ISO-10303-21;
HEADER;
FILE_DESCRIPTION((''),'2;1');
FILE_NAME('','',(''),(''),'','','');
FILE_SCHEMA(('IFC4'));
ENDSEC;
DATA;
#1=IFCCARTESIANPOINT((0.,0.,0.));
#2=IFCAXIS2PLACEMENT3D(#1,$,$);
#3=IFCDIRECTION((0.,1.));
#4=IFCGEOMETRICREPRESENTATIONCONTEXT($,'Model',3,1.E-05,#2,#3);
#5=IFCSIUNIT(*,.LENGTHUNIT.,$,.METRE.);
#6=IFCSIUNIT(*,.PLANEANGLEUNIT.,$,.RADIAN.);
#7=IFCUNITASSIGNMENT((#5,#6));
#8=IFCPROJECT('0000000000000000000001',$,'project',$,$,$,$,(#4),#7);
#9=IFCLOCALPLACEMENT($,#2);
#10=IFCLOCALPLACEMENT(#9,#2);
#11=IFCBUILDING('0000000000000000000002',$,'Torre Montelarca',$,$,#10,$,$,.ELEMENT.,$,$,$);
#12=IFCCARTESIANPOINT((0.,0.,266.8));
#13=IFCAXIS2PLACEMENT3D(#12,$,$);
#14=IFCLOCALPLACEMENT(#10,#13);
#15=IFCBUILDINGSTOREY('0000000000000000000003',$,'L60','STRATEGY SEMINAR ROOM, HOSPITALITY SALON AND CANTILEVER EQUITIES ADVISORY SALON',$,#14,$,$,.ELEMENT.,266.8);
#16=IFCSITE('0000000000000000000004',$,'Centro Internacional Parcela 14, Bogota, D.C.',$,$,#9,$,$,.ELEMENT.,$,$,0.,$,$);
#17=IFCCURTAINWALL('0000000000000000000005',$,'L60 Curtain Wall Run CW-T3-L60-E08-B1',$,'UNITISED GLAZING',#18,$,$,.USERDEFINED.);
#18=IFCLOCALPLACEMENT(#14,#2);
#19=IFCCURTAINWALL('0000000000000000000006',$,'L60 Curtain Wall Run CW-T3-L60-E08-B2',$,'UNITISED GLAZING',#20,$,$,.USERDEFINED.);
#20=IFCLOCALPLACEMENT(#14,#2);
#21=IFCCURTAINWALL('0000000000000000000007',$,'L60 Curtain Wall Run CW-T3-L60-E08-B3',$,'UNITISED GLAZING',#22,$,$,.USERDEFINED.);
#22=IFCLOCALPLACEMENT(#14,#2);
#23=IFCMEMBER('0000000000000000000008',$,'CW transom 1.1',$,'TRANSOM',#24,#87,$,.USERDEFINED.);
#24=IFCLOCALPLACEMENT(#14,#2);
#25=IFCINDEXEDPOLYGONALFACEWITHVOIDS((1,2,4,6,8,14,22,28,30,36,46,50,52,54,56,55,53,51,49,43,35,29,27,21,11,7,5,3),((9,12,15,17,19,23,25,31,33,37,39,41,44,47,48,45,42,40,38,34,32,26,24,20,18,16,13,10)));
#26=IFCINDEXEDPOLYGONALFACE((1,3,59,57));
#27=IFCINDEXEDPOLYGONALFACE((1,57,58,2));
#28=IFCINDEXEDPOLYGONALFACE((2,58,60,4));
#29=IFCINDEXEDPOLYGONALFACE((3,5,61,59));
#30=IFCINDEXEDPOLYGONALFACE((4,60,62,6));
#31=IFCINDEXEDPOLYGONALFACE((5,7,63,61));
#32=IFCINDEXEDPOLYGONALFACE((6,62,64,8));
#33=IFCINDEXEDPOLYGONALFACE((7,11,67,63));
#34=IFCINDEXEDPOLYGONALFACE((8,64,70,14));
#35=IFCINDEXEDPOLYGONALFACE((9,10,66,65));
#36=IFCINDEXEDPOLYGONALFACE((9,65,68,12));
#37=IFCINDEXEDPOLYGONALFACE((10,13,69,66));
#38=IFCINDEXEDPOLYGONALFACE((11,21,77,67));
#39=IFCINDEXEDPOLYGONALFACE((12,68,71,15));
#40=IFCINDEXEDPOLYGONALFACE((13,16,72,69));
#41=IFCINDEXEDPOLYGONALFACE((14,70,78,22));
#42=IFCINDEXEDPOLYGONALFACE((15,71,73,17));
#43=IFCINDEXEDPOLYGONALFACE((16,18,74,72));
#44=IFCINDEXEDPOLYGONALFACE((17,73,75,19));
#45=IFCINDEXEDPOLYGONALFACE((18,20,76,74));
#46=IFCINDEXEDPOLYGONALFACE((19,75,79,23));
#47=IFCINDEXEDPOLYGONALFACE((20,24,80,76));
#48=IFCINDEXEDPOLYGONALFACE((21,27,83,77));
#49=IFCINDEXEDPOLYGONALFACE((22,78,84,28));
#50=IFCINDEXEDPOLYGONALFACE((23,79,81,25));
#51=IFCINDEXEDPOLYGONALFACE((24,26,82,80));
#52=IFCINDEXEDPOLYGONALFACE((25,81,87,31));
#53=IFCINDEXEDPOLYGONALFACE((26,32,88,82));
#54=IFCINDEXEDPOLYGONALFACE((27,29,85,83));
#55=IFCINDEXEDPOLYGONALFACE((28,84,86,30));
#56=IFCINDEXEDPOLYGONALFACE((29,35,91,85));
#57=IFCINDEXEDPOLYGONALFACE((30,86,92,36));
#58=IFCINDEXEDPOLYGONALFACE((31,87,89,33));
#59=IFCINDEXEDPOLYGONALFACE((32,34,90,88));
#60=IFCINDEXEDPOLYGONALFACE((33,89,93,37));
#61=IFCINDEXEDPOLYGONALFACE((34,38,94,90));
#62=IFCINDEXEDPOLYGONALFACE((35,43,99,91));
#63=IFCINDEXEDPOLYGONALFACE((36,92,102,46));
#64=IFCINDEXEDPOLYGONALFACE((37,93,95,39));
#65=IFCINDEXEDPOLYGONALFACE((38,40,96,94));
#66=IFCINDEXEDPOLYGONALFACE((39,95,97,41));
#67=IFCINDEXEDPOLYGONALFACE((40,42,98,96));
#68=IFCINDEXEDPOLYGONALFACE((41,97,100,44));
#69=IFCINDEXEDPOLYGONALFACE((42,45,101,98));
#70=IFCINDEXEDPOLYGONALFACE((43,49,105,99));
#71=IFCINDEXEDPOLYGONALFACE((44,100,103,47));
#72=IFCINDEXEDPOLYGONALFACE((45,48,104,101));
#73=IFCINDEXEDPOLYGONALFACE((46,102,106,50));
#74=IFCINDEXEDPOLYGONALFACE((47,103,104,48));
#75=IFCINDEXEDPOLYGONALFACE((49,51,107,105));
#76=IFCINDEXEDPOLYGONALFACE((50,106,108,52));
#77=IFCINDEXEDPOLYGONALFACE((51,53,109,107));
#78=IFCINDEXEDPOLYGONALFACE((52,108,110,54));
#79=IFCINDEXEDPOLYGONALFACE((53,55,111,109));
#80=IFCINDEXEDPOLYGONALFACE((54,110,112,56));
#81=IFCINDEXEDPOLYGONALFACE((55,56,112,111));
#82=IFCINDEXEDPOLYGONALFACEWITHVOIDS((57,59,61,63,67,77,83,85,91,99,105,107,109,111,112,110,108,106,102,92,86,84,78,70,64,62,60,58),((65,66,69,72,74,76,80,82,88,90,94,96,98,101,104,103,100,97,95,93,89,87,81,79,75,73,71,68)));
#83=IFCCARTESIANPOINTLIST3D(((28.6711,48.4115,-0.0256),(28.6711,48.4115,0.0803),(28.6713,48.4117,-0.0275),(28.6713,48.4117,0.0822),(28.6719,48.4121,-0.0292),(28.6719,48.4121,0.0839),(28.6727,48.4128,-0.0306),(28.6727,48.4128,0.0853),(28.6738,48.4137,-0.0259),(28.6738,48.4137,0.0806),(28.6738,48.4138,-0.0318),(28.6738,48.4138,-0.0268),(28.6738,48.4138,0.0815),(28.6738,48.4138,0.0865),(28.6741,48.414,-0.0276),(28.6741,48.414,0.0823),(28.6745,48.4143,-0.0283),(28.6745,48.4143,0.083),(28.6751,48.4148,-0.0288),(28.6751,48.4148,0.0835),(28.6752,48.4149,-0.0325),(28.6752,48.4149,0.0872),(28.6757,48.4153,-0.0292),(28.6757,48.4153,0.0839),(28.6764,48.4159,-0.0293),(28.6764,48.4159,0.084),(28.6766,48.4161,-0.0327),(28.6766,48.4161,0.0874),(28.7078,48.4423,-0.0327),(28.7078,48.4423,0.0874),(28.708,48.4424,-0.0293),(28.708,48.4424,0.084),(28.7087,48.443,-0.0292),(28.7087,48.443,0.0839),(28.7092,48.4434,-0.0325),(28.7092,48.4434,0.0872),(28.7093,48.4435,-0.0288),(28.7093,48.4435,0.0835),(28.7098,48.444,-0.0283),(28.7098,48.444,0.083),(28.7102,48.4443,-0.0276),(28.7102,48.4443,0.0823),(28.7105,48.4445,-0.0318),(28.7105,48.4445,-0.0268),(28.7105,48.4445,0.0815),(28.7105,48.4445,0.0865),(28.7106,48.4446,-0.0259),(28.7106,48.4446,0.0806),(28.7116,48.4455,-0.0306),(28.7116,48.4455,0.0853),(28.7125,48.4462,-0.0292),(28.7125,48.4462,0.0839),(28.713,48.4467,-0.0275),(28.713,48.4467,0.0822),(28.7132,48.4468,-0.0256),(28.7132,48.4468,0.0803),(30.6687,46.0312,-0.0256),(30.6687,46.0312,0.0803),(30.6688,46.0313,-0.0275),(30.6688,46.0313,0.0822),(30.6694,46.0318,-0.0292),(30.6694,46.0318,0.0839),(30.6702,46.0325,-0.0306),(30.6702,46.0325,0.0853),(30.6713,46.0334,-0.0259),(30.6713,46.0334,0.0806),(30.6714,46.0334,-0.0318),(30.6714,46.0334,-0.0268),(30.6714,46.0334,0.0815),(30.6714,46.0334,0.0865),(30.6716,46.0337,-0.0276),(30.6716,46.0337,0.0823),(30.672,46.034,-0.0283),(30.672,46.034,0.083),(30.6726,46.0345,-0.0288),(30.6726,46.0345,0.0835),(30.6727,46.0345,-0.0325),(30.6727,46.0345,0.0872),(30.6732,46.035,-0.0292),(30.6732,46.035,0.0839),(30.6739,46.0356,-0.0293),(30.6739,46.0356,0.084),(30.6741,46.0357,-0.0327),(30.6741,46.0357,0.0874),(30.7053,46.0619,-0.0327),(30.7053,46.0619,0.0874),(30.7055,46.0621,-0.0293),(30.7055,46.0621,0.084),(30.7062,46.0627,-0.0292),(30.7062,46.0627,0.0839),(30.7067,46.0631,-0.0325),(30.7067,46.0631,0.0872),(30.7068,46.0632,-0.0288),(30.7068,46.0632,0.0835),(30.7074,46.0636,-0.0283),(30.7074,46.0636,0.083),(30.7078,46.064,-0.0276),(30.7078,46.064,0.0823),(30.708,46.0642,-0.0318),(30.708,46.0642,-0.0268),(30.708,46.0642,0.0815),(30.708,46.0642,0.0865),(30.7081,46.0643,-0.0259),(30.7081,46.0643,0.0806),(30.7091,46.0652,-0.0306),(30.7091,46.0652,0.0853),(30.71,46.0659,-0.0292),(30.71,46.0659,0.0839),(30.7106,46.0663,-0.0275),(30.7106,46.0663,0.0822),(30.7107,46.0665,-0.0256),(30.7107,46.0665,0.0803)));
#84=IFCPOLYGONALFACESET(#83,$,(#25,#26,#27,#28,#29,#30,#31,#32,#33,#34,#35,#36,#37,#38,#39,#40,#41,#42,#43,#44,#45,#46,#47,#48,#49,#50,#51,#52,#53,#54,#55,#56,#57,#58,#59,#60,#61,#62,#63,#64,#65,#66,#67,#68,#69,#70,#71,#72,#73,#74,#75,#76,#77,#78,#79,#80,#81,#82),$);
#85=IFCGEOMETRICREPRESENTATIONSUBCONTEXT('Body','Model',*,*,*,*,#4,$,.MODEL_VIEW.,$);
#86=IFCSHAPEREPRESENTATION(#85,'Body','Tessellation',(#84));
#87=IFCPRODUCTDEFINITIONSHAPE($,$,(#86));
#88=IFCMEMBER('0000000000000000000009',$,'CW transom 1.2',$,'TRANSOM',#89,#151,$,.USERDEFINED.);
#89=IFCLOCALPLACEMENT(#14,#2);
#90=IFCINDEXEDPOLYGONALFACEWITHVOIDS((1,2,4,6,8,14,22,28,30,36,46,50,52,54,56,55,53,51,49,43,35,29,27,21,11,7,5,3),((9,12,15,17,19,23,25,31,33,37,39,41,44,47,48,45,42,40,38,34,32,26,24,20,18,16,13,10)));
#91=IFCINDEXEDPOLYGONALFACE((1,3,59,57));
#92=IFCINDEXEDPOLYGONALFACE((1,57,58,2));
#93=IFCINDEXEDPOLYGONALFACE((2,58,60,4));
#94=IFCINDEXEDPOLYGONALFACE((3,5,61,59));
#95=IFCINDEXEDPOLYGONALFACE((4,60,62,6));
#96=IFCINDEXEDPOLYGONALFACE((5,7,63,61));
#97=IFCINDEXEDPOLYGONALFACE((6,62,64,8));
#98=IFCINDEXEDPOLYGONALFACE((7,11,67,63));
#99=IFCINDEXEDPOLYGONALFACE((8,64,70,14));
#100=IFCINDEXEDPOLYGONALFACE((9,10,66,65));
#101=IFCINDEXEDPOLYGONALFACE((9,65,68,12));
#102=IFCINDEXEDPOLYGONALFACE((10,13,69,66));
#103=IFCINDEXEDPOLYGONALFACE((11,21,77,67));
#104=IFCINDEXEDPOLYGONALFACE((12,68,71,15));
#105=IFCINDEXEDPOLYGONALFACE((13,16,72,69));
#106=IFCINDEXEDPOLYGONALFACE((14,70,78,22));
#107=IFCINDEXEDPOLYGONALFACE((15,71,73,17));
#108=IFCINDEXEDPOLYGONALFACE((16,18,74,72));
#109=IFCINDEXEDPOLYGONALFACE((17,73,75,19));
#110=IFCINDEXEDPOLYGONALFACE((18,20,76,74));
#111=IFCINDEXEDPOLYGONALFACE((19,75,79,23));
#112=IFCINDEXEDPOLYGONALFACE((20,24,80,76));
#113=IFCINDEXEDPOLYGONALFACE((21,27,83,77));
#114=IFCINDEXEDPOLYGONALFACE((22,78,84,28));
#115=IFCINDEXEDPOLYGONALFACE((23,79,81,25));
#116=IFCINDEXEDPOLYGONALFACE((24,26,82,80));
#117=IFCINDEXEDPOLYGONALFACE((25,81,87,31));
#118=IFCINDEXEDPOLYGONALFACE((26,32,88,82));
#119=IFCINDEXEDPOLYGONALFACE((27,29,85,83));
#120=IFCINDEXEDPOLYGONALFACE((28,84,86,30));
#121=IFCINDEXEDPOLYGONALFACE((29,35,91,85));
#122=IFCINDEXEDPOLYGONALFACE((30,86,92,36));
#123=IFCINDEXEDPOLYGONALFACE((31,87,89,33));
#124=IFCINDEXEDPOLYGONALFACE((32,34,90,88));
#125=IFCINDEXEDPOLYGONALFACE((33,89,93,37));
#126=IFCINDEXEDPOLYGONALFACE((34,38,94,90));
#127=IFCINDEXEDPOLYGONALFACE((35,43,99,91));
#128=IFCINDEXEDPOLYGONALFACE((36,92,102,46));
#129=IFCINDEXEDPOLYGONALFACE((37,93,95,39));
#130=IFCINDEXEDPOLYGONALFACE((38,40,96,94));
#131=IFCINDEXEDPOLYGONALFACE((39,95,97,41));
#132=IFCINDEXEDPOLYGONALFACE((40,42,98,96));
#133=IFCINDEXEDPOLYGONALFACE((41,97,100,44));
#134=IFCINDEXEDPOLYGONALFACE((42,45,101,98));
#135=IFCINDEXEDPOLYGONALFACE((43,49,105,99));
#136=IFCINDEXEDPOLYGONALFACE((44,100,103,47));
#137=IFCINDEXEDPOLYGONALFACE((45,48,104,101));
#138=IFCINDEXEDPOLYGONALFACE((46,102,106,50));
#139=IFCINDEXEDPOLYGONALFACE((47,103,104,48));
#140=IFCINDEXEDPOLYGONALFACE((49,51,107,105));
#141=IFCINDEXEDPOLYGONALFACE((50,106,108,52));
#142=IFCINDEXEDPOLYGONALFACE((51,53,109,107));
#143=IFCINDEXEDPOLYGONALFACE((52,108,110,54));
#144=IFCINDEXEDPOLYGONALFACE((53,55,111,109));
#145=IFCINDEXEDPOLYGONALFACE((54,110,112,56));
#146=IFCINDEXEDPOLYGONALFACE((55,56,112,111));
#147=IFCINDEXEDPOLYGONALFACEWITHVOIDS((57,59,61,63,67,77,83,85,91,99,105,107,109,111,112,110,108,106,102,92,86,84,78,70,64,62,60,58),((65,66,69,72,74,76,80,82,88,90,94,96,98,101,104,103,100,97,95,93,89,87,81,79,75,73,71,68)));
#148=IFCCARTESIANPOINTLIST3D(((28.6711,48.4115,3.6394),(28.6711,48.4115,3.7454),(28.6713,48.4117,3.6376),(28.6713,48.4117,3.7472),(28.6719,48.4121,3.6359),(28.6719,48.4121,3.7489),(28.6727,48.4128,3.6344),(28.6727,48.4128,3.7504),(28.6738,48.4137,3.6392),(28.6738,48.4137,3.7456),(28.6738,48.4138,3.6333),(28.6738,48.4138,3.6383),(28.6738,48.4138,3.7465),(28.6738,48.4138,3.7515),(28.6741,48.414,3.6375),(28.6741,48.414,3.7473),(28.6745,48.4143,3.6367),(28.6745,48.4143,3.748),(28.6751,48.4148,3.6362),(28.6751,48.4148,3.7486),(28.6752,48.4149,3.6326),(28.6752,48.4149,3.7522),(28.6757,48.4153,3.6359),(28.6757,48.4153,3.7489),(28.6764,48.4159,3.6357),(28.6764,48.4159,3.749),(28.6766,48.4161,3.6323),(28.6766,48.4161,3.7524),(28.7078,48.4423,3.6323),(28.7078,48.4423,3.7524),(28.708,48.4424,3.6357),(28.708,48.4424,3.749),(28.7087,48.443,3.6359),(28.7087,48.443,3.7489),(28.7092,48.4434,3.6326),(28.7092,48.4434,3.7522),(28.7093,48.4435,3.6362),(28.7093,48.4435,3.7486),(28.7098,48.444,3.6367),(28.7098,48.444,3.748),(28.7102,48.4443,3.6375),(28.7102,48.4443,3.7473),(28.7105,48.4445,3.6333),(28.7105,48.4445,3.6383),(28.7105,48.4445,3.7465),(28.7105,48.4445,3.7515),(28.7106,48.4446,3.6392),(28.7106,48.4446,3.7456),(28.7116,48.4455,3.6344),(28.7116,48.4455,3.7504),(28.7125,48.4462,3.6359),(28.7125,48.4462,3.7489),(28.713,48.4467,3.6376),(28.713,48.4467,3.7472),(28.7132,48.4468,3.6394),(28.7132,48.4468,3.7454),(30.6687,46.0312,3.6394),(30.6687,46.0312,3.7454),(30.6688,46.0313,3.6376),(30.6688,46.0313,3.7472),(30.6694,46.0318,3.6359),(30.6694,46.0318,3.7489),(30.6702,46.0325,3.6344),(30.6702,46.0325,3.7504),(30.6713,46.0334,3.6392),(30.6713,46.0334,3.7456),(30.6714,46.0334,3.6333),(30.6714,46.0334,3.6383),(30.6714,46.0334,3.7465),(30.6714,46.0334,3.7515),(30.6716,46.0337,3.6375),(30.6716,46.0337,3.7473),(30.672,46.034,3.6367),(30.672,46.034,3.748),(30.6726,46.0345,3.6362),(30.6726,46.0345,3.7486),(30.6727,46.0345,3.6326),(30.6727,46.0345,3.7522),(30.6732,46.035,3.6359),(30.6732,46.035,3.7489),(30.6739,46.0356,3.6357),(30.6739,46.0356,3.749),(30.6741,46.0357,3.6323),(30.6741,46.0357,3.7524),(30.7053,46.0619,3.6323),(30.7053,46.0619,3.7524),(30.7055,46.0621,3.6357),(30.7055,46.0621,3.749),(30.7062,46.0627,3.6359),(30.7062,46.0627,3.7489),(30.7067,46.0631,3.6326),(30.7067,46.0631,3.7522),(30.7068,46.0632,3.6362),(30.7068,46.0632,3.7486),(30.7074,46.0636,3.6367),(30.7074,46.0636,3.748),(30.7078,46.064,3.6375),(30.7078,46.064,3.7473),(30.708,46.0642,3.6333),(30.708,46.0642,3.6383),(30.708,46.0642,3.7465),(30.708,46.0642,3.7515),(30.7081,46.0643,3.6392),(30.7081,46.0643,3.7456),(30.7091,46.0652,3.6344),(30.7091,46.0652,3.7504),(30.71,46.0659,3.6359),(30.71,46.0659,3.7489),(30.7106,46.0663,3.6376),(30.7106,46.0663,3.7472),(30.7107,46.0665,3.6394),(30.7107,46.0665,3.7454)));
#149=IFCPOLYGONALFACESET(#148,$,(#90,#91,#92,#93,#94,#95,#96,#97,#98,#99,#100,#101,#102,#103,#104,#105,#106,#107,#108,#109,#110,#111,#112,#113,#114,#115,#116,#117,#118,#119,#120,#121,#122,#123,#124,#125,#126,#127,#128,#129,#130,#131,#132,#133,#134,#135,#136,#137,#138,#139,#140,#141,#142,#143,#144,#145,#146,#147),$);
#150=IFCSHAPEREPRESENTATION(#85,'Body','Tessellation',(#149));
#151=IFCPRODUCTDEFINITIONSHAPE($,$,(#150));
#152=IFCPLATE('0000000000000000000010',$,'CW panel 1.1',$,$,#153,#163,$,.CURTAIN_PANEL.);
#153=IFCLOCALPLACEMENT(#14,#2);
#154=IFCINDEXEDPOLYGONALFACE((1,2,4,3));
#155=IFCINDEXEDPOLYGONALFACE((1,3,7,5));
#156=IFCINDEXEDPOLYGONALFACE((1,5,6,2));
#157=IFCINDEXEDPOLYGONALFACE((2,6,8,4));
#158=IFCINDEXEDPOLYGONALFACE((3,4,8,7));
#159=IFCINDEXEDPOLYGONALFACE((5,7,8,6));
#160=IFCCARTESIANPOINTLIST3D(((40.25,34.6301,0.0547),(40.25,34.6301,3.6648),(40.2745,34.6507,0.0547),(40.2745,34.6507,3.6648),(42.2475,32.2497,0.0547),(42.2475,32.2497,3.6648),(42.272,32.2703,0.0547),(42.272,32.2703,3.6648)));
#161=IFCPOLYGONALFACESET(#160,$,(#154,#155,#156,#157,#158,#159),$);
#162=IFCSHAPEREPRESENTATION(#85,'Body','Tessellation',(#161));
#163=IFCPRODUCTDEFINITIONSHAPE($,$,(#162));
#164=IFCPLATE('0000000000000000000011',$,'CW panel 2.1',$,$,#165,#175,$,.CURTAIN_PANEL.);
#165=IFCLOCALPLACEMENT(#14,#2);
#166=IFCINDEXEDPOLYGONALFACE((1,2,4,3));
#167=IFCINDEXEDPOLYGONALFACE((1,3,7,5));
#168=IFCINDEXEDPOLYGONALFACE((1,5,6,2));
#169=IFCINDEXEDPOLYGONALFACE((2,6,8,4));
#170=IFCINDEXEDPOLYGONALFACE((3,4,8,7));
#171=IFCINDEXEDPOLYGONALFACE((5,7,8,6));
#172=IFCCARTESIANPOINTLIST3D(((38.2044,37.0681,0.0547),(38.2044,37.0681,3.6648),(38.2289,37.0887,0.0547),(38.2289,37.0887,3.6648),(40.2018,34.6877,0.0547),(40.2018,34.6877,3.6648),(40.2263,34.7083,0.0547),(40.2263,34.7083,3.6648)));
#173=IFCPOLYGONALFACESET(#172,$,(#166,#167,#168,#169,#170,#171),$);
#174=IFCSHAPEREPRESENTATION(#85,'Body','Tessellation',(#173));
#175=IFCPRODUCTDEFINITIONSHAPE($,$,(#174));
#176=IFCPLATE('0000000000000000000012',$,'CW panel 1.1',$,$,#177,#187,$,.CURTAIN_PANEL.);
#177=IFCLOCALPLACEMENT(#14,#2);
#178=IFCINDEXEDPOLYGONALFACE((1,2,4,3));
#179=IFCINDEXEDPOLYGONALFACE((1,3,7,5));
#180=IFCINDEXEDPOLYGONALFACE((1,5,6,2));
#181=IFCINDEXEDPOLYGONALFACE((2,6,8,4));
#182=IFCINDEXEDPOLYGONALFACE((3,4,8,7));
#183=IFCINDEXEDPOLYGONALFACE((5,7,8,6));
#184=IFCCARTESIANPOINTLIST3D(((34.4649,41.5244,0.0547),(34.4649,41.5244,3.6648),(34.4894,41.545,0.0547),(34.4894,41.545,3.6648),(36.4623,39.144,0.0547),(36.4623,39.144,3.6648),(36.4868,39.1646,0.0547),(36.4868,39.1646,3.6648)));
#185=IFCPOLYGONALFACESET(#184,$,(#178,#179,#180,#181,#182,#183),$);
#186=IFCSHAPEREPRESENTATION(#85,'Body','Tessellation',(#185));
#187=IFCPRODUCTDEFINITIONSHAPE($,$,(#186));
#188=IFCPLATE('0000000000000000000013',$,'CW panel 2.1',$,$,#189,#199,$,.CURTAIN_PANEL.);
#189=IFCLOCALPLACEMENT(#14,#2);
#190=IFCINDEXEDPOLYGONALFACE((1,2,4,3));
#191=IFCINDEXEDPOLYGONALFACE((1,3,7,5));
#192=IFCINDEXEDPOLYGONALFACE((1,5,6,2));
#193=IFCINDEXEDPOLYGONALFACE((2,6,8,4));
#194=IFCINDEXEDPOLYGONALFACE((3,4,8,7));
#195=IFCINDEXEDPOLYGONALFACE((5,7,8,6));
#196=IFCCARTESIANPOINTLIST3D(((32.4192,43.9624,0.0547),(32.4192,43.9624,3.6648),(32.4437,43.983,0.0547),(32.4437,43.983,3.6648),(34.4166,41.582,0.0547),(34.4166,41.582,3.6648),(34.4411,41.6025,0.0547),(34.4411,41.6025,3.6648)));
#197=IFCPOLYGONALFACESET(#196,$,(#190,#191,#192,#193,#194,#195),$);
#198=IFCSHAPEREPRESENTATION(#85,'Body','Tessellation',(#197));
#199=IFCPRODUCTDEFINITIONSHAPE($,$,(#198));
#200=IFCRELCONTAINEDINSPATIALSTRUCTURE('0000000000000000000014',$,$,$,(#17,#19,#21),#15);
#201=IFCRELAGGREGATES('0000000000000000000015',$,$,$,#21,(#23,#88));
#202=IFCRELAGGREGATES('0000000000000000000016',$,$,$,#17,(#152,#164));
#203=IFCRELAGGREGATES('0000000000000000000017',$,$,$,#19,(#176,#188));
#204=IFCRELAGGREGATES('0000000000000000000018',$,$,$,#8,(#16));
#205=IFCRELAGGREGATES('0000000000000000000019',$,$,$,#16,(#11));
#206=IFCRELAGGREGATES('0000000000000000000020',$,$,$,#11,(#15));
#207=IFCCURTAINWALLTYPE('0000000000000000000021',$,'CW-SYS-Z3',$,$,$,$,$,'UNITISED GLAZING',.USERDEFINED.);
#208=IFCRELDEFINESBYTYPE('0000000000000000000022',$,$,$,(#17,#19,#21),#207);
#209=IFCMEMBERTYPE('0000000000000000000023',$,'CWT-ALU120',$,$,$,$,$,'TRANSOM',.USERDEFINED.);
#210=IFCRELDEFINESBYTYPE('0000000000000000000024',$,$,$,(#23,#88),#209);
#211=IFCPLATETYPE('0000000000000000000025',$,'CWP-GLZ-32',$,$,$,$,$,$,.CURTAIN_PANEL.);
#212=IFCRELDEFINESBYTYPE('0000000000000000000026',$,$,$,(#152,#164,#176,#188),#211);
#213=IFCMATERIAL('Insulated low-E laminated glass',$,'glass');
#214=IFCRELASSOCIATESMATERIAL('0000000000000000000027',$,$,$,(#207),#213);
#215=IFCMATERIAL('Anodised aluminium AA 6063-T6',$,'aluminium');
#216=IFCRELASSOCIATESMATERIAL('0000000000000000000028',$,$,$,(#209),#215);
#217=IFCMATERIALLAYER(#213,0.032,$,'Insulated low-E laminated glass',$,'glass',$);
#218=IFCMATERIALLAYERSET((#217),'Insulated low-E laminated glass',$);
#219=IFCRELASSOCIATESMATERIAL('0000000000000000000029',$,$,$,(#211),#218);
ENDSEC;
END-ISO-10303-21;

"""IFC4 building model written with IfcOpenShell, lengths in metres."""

from ifc_helpers import new_model, si_unit, direction, frame, origin, origin_2d, place, context, subcontext, project, spatial, rectangle, hollow_rectangle, extrude, source, transform, mapped, material, layer, layer_set, material_profile, profile_set, type_object, element, aggregate, save


model = new_model("IFC4")

# Units and contexts
model_context = context("Model", 3, precision=1e-05, world=origin(), true_north=direction((0.0, 1.0)))
body_context = subcontext(model_context, "Body", "Model", "MODEL_VIEW")
ifc_project = project(units=[si_unit("LENGTHUNIT", "METRE"), si_unit("PLANEANGLEUNIT", "RADIAN")], contexts=[model_context])

# Site, building, storey
site_placement = place(None, origin())
site = spatial("IfcSite", under=ifc_project, at=site_placement, Name="Centro Internacional Parcela 14, Bogota, D.C.", CompositionType="ELEMENT", RefElevation=0.0)
building_placement = place(site_placement, origin())
building = spatial("IfcBuilding", under=site, at=building_placement, Name="Torre Montelarca", CompositionType="ELEMENT")
storey_placement = place(building_placement, frame((0.0, 0.0, 266.8)))
storey = spatial("IfcBuildingStorey", under=building, at=storey_placement, Name="L60", Description="STRATEGY SEMINAR ROOM, HOSPITALITY SALON AND CANTILEVER EQUITIES ADVISORY SALON", CompositionType="ELEMENT", Elevation=266.8)

# Curtain walls
ifc_material_1 = material(Name="Insulated low-E laminated glass", Category="glass")
curtain_wall_type = type_object("IfcCurtainWallType", Name="CW-SYS-Z3", ElementType="UNITISED GLAZING", PredefinedType="USERDEFINED", material=ifc_material_1)
curtain_wall_1_placement = place(storey_placement, origin())
curtain_wall_1 = element("IfcCurtainWall", 1, at=curtain_wall_1_placement, inside=storey, type_object=curtain_wall_type, Name="L60 Curtain Wall Run CW-T3-L60-E08-B1", ObjectType="UNITISED GLAZING", PredefinedType="USERDEFINED")
ifc_material_2 = material(Name="Anodised aluminium AA 6063-T6", Category="aluminium")
curtain_wall_2_placement = place(storey_placement, origin())
curtain_wall_2 = element("IfcCurtainWall", 2, at=curtain_wall_2_placement, inside=storey, type_object=curtain_wall_type, Name="L60 Curtain Wall Run CW-T3-L60-E08-B2", ObjectType="UNITISED GLAZING", PredefinedType="USERDEFINED")

# Curtain wall
curtain_wall_3_placement = place(storey_placement, origin())
curtain_wall_3 = element("IfcCurtainWall", 3, at=curtain_wall_3_placement, inside=storey, type_object=curtain_wall_type, Name="L60 Curtain Wall Run CW-T3-L60-E08-B3", ObjectType="UNITISED GLAZING", PredefinedType="USERDEFINED")

# Members
ifc_material_profile_1 = material_profile(ifc_material_2, hollow_rectangle(XDim=0.0549, YDim=0.1201, WallThickness=0.0034, InnerFilletRadius=0.0034, OuterFilletRadius=0.0071, at=origin_2d()), Name="ALU55X120X3.5", Category="aluminium")
ifc_profile_set_1 = profile_set([ifc_material_profile_1], Name="Anodised aluminium AA 6063-T6")
member_type_1 = type_object("IfcMemberType", Name="CWT-ALU120", ElementType="TRANSOM", PredefinedType="USERDEFINED", material=ifc_profile_set_1)
shared_shape_1 = source(origin(), body_context, "Body", "SweptSolid", [
    extrude(hollow_rectangle(XDim=0.0549, YDim=0.1201, WallThickness=0.0034, InnerFilletRadius=0.0034, OuterFilletRadius=0.0071, at=origin_2d()), origin(), (0.0, 0.0, 1.0), 3.1074),
])
member_1_placement = place(storey_placement, frame((30.6897, 46.0488, 0.0273), z_axis=(-0.642824, 0.766014, 0.0), x_axis=(-0.766014, -0.642824, 0.0)))
member_1 = element("IfcMember", 4, at=member_1_placement, type_object=member_type_1, Name="CW transom 1.1", ObjectType="TRANSOM", PredefinedType="USERDEFINED", context=body_context, shape_type="MappedRepresentation", body=[
    mapped(shared_shape_1, transform((0.0, 0.0, 0.0), scale=1.0)),
])
member_2_placement = place(storey_placement, frame((30.6897, 46.0488, 3.6924), z_axis=(-0.642824, 0.766014, 0.0), x_axis=(-0.766014, -0.642824, 0.0)))
member_2 = element("IfcMember", 5, at=member_2_placement, type_object=member_type_1, Name="CW transom 1.2", ObjectType="TRANSOM", PredefinedType="USERDEFINED", context=body_context, shape_type="MappedRepresentation", body=[
    mapped(shared_shape_1, transform((0.0, 0.0, 0.0), scale=1.0)),
])
aggregate(curtain_wall_3, [member_1, member_2])

# Plates
ifc_layer_1 = layer(ifc_material_1, 0.032, Name="Insulated low-E laminated glass", Category="glass")
ifc_layer_set_1 = layer_set([ifc_layer_1], Name="Insulated low-E laminated glass")
plate_type = type_object("IfcPlateType", Name="CWP-GLZ-32", PredefinedType="CURTAIN_PANEL", material=ifc_layer_set_1)
shared_shape_2 = source(origin(), body_context, "Body", "SweptSolid", [
    extrude(rectangle(XDim=3.1074, YDim=0.032, at=origin_2d()), origin(), (0.0, 0.0, 1.0), 3.6101),
])
plate_1_placement = place(storey_placement, frame((41.261, 33.4502, 0.0547), z_axis=(0.0, 0.0, 1.0), x_axis=(-0.642794, 0.766039, 0.0)))
plate_1 = element("IfcPlate", 6, at=plate_1_placement, type_object=plate_type, Name="CW panel 1.1", PredefinedType="CURTAIN_PANEL", context=body_context, shape_type="MappedRepresentation", body=[
    mapped(shared_shape_2, transform((0.0, 0.0, 0.0), scale=1.0)),
])
plate_2_placement = place(storey_placement, frame((39.2153, 35.8882, 0.0547), z_axis=(0.0, 0.0, 1.0), x_axis=(-0.642794, 0.766039, 0.0)))
plate_2 = element("IfcPlate", 7, at=plate_2_placement, type_object=plate_type, Name="CW panel 2.1", PredefinedType="CURTAIN_PANEL", context=body_context, shape_type="MappedRepresentation", body=[
    mapped(shared_shape_2, transform((0.0, 0.0, 0.0), scale=1.0)),
])
aggregate(curtain_wall_1, [plate_1, plate_2])
plate_3_placement = place(storey_placement, frame((35.4758, 40.3445, 0.0547), z_axis=(0.0, 0.0, 1.0), x_axis=(-0.642794, 0.766039, 0.0)))
plate_3 = element("IfcPlate", 8, at=plate_3_placement, type_object=plate_type, Name="CW panel 1.1", PredefinedType="CURTAIN_PANEL", context=body_context, shape_type="MappedRepresentation", body=[
    mapped(shared_shape_2, transform((0.0, 0.0, 0.0), scale=1.0)),
])
plate_4_placement = place(storey_placement, frame((33.4302, 42.7825, 0.0547), z_axis=(0.0, 0.0, 1.0), x_axis=(-0.642794, 0.766039, 0.0)))
plate_4 = element("IfcPlate", 9, at=plate_4_placement, type_object=plate_type, Name="CW panel 2.1", PredefinedType="CURTAIN_PANEL", context=body_context, shape_type="MappedRepresentation", body=[
    mapped(shared_shape_2, transform((0.0, 0.0, 0.0), scale=1.0)),
])
aggregate(curtain_wall_2, [plate_3, plate_4])

save(model, "model.ifc")
